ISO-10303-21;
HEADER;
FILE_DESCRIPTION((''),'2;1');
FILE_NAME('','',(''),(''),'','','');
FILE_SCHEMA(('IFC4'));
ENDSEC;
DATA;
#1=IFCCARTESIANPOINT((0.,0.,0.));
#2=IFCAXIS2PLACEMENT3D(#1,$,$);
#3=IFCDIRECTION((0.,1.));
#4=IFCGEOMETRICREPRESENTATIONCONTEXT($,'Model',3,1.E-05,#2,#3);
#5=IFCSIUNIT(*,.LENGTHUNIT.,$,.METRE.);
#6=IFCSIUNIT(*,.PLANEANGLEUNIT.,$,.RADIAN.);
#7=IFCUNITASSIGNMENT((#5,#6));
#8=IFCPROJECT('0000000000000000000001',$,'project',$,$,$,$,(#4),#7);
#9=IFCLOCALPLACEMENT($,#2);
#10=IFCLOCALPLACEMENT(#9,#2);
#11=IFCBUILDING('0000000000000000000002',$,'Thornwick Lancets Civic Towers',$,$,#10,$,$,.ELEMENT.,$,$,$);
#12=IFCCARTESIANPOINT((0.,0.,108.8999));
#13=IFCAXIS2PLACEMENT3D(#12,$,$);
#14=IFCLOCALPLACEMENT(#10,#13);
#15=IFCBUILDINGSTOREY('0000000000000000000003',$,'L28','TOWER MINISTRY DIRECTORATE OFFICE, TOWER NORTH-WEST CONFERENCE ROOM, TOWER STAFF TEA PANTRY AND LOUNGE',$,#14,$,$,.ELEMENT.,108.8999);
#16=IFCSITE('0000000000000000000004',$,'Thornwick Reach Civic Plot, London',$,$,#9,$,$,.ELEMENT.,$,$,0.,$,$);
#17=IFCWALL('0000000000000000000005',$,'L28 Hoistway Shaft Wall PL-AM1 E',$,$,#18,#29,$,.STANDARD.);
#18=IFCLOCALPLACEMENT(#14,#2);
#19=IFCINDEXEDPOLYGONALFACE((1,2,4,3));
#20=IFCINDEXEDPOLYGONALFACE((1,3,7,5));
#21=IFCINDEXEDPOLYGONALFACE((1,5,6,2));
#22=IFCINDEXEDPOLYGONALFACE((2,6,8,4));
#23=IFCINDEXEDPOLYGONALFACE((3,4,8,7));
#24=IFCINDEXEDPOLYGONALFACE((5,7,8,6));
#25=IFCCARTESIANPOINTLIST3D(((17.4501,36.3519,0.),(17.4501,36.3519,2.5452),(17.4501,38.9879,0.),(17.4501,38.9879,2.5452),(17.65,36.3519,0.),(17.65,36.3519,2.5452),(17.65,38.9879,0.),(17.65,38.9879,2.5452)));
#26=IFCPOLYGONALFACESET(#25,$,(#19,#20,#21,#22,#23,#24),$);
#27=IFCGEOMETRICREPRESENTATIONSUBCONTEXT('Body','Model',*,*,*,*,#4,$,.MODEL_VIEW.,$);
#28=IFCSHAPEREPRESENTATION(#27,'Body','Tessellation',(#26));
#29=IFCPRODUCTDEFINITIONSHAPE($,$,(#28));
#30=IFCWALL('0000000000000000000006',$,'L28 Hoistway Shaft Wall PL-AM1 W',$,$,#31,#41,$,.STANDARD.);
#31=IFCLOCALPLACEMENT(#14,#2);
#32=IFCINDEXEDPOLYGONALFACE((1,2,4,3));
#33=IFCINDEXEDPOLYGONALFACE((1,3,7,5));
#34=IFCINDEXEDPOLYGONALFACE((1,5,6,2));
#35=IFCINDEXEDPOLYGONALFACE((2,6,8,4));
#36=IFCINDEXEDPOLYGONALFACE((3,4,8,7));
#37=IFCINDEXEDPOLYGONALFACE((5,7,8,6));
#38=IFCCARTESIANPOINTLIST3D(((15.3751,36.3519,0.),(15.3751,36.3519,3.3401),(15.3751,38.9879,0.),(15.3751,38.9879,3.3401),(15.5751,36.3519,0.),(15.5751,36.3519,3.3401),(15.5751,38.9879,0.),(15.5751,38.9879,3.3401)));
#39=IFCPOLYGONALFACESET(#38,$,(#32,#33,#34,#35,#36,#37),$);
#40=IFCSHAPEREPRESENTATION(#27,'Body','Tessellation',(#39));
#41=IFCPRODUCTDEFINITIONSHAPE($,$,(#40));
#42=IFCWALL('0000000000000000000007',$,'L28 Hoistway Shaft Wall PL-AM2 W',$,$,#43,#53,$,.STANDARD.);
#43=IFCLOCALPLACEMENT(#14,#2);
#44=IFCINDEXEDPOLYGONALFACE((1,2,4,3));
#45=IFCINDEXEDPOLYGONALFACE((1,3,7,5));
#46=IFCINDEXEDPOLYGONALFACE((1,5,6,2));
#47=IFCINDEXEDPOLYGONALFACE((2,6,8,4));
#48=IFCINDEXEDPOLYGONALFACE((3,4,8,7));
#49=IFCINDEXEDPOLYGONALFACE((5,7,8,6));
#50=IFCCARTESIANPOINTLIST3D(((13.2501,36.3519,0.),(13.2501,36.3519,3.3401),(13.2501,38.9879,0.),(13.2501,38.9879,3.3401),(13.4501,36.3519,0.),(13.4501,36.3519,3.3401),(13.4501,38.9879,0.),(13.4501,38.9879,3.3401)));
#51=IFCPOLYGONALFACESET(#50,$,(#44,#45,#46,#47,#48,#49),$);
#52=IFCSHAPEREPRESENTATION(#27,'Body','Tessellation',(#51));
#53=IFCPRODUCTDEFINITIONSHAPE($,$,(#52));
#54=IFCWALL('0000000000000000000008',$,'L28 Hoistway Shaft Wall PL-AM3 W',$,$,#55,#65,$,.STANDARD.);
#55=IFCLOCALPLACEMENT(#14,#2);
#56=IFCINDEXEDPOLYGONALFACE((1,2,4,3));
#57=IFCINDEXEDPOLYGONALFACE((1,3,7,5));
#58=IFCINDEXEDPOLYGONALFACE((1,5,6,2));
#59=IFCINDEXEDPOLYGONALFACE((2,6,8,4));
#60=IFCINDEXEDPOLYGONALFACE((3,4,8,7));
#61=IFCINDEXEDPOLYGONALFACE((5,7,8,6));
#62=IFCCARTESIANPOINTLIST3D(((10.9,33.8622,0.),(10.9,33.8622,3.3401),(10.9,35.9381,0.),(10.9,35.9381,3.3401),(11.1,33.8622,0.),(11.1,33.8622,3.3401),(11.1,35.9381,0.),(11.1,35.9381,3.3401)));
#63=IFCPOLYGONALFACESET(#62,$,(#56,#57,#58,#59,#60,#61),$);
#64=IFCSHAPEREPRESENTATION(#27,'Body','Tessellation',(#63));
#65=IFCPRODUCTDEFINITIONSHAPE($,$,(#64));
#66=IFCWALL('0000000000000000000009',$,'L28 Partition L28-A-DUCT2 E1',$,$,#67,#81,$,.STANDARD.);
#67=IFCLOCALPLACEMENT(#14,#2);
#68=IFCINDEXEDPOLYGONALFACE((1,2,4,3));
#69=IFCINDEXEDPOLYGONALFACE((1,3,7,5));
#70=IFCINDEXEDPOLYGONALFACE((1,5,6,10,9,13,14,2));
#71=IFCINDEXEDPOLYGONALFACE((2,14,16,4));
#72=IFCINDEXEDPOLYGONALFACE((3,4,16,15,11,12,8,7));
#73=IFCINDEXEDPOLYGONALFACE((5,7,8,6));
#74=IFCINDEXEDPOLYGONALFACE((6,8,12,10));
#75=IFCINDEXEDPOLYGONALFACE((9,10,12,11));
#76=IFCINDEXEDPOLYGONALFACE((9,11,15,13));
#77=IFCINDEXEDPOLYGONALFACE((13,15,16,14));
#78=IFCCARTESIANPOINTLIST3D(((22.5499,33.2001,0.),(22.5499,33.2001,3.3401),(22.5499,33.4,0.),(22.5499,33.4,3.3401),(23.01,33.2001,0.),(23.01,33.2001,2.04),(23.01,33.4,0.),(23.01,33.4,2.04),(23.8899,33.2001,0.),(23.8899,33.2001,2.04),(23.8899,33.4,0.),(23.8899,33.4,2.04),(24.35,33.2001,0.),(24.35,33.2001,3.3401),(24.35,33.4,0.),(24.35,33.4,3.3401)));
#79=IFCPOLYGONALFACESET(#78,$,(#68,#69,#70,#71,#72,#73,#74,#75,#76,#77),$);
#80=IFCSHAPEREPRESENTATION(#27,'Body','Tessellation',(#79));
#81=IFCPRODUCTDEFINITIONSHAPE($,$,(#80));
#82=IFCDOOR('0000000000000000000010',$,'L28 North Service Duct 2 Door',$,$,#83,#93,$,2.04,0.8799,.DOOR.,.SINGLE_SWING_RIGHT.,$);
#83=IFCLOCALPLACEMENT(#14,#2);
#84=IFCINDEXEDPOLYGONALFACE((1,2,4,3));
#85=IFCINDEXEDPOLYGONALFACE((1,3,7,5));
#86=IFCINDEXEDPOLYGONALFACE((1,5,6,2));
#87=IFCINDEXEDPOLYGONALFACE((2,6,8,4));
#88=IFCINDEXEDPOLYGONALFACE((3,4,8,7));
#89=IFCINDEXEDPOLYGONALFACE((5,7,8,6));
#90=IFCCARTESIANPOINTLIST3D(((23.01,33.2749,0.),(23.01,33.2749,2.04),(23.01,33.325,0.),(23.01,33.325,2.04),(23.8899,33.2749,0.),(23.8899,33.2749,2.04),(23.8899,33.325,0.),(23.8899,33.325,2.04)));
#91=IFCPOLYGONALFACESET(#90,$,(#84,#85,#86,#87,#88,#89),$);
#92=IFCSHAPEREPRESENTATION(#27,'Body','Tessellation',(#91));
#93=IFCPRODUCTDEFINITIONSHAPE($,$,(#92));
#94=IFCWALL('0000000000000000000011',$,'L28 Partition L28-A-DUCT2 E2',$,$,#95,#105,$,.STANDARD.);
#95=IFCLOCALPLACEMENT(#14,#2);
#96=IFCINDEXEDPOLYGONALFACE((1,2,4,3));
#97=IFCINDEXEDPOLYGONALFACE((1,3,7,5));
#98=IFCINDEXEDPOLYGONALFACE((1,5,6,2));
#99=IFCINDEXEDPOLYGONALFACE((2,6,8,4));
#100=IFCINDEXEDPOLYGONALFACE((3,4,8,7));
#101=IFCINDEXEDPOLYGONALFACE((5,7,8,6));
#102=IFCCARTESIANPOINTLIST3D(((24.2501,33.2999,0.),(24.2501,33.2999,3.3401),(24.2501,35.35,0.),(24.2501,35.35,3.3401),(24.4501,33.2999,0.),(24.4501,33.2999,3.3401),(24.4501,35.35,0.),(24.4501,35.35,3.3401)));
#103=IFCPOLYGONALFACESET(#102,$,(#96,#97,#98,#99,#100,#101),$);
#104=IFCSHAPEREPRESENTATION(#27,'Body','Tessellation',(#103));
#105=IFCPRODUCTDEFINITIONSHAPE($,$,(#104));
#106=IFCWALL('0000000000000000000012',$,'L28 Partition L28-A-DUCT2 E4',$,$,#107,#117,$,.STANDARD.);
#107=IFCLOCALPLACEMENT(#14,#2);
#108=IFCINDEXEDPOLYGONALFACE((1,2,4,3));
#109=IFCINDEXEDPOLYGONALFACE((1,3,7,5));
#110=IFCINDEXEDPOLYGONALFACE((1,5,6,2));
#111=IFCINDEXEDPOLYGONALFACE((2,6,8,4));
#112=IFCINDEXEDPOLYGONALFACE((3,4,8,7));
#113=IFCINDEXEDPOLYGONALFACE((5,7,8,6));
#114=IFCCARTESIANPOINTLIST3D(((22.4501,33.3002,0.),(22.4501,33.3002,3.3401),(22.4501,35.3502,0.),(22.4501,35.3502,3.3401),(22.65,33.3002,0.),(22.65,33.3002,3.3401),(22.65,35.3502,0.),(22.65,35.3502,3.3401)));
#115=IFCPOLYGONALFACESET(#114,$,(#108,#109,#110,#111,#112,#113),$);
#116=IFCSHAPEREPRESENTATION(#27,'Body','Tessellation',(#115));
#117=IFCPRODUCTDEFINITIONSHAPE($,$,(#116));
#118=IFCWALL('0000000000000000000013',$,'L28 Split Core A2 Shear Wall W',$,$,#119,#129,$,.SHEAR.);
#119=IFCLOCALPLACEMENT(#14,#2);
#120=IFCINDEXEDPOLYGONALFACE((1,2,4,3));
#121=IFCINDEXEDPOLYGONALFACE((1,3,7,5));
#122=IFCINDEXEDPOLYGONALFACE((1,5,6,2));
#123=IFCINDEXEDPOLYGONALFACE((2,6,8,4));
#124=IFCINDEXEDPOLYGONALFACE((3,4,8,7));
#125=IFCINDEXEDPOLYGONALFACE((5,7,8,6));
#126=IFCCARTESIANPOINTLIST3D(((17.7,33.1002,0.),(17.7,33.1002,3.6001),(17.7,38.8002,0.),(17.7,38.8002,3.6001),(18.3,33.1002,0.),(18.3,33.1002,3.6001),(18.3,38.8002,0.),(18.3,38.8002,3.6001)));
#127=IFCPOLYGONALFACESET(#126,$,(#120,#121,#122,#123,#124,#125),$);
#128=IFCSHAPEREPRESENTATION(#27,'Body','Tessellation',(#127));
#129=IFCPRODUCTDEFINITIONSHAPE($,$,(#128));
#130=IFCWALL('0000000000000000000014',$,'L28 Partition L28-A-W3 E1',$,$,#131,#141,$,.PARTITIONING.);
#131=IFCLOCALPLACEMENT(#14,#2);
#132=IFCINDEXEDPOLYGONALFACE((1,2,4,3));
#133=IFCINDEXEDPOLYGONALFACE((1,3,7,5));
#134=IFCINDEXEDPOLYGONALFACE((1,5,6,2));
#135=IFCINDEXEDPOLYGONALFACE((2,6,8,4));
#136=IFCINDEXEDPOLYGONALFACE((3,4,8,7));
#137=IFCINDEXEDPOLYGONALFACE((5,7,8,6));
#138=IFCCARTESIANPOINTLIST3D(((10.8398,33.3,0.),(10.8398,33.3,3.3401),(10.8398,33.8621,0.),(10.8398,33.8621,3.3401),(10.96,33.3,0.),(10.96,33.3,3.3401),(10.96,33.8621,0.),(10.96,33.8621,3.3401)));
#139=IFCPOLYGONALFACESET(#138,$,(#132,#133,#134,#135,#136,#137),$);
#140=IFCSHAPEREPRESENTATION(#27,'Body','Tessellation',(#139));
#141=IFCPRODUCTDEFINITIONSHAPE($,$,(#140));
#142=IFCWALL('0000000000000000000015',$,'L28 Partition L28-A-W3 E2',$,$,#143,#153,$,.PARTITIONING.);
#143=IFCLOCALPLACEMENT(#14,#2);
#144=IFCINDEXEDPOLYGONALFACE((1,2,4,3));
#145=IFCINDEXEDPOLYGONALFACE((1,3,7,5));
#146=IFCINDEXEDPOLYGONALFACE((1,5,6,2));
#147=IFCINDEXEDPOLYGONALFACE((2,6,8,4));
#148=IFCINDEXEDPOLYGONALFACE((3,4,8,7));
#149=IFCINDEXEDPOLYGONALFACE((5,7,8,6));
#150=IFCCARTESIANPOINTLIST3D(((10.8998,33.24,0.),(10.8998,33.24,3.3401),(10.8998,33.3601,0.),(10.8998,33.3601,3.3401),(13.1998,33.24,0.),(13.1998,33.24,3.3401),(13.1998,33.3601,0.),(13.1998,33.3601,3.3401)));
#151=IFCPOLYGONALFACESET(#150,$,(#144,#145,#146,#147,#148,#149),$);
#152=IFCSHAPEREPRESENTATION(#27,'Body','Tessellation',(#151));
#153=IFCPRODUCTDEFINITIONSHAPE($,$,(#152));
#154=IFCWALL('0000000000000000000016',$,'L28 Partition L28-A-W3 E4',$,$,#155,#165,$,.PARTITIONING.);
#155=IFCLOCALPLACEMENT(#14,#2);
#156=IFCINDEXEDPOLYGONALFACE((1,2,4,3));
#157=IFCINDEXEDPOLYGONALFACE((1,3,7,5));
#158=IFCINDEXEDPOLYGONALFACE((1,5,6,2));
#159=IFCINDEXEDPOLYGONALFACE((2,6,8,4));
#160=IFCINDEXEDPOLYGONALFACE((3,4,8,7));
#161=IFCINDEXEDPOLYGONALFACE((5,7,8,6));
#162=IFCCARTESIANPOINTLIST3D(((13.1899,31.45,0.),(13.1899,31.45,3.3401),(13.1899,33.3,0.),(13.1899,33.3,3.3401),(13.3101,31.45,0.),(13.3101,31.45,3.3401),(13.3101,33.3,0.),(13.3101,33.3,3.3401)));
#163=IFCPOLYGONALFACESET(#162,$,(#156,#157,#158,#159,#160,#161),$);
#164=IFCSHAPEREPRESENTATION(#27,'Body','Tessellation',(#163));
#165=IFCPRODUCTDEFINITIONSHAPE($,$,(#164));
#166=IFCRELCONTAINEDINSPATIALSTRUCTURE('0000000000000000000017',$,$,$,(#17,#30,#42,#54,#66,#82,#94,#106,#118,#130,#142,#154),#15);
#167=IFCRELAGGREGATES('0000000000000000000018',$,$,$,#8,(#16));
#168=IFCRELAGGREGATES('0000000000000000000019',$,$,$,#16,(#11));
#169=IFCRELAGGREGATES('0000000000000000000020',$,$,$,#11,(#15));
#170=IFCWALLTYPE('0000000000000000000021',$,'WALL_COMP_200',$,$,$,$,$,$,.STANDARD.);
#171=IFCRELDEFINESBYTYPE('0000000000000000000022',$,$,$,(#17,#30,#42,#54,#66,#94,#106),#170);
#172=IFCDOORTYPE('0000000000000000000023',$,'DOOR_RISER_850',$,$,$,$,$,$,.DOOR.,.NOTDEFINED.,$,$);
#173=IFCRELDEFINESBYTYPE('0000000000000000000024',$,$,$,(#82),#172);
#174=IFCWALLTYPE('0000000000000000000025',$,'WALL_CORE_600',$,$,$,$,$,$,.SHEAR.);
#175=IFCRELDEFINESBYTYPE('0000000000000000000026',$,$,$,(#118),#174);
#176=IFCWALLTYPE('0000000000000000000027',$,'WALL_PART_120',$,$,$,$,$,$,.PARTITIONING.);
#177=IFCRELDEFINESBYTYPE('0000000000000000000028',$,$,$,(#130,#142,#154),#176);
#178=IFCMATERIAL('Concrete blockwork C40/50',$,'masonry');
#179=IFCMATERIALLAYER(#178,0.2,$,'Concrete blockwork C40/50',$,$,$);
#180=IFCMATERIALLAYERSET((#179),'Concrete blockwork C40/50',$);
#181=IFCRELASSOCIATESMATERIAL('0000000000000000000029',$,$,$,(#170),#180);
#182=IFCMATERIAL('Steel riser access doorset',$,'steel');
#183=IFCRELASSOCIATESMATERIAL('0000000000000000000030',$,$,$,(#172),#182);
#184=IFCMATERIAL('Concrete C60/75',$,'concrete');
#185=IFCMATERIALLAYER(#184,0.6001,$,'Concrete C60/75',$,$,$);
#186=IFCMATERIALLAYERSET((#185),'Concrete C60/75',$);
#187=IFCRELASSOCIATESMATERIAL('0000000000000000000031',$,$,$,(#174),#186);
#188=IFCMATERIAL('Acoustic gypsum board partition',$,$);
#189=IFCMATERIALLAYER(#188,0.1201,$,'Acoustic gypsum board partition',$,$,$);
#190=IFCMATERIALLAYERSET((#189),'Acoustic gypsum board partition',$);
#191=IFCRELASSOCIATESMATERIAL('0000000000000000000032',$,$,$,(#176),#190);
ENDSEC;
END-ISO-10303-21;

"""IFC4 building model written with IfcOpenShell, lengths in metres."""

from ifc_helpers import new_model, si_unit, direction, frame, frame_2d, origin, place, context, subcontext, project, spatial, rectangle, extrude, material, layer, layer_set, type_object, element, fill, save


model = new_model("IFC4")

# Units and contexts
model_context = context("Model", 3, precision=1e-05, world=origin(), true_north=direction((0.0, 1.0)))
body_context = subcontext(model_context, "Body", "Model", "MODEL_VIEW")
ifc_project = project(units=[si_unit("LENGTHUNIT", "METRE"), si_unit("PLANEANGLEUNIT", "RADIAN")], contexts=[model_context])

# Site, building, storey
site_placement = place(None, origin())
site = spatial("IfcSite", under=ifc_project, at=site_placement, Name="Thornwick Reach Civic Plot, London", CompositionType="ELEMENT", RefElevation=0.0)
building_placement = place(site_placement, origin())
building = spatial("IfcBuilding", under=site, at=building_placement, Name="Thornwick Lancets Civic Towers", CompositionType="ELEMENT")
storey_placement = place(building_placement, frame((0.0, 0.0, 108.8999)))
storey = spatial("IfcBuildingStorey", under=building, at=storey_placement, Name="L28", Description="TOWER MINISTRY DIRECTORATE OFFICE, TOWER NORTH-WEST CONFERENCE ROOM, TOWER STAFF TEA PANTRY AND LOUNGE", CompositionType="ELEMENT", Elevation=108.8999)

# Shared definitions
ifc_material_1 = material(Name="Concrete C60/75", Category="concrete")

# Shared definitions
ifc_material_2 = material(Name="Concrete blockwork C40/50", Category="masonry")
ifc_layer_1 = layer(ifc_material_2, 0.2, Name="Concrete blockwork C40/50")
ifc_layer_set_1 = layer_set([ifc_layer_1], Name="Concrete blockwork C40/50")
wall_type_1 = type_object("IfcWallType", Name="WALL_COMP_200", PredefinedType="STANDARD", material=ifc_layer_set_1)

# Walls
wall_1_placement = place(storey_placement, frame((17.55, 36.3521, 0.0), z_axis=(0.0, 0.0, 1.0), x_axis=(0.0, 1.0, 0.0)))
element("IfcWall", 1, at=wall_1_placement, inside=storey, type_object=wall_type_1, Name="L28 Hoistway Shaft Wall PL-AM1 E", PredefinedType="STANDARD", context=body_context, shape_type="SweptSolid", body=[
    extrude(rectangle(XDim=2.636, YDim=0.2, at=frame_2d((1.3179, 0.0))), origin(), (0.0, 0.0, 1.0), 2.5452),
])
for number, where, z_axis, x_axis, name in (
    (2, (15.4751, 36.3521, 0.0), (0.0, 0.0, 1.0), (0.0, 1.0, 0.0), "L28 Hoistway Shaft Wall PL-AM1 W"),
    (3, (13.3501, 36.3521, 0.0), (0.0, 0.0, 1.0), (0.0, 1.0, 0.0), "L28 Hoistway Shaft Wall PL-AM2 W"),
):
    element("IfcWall", number, at=place(storey_placement, frame(where, z_axis=z_axis, x_axis=x_axis)), inside=storey, type_object=wall_type_1, Name=name, PredefinedType="STANDARD", context=body_context, shape_type="SweptSolid", body=[
        extrude(rectangle(XDim=2.636, YDim=0.2, at=frame_2d((1.3179, 0.0))), origin(), (0.0, 0.0, 1.0), 3.3401),
    ])
wall_2_placement = place(storey_placement, frame((11.0, 33.8621, 0.0), z_axis=(0.0, 0.0, 1.0), x_axis=(0.0, 1.0, 0.0)))
element("IfcWall", 4, at=wall_2_placement, inside=storey, type_object=wall_type_1, Name="L28 Hoistway Shaft Wall PL-AM3 W", PredefinedType="STANDARD", context=body_context, shape_type="SweptSolid", body=[
    extrude(rectangle(XDim=2.0759, YDim=0.2, at=frame_2d((1.0381, 0.0))), origin(), (0.0, 0.0, 1.0), 3.3401),
])

# Wall, opening, door
wall_3_placement = place(storey_placement, frame((22.55, 33.3, 0.0), z_axis=(0.0, 0.0, 1.0), x_axis=(1.0, 0.0, 0.0)))
wall_3 = element("IfcWall", 5, at=wall_3_placement, inside=storey, type_object=wall_type_1, Name="L28 Partition L28-A-DUCT2 E1", PredefinedType="STANDARD", context=body_context, shape_type="SweptSolid", body=[
    extrude(rectangle(XDim=1.8, YDim=0.2, at=frame_2d((0.8999, 0.0))), origin(), (0.0, 0.0, 1.0), 3.3401),
])
opening_1_placement = place(wall_3_placement, frame((0.46, 0.0, 0.0)))
opening_1 = element("IfcOpeningElement", 6, at=opening_1_placement, cuts=wall_3, PredefinedType="OPENING", context=body_context, shape_type="SweptSolid", body=[
    extrude(rectangle(XDim=0.8799, YDim=2.04, at=frame_2d((0.4399, 1.02))), frame((0.0, 0.1099, 0.0), z_axis=(0.0, -1.0, 0.0), x_axis=(1.0, 0.0, 0.0)), (0.0, 0.0, 1.0), 0.22),
])
ifc_material_3 = material(Name="Steel riser access doorset", Category="steel")
door_type_1 = type_object("IfcDoorType", Name="DOOR_RISER_850", OperationType="NOTDEFINED", PredefinedType="DOOR", material=ifc_material_3)
door_1_placement = place(opening_1_placement, origin())
door_1 = element("IfcDoor", 7, at=door_1_placement, inside=storey, type_object=door_type_1, Name="L28 North Service Duct 2 Door", OperationType="SINGLE_SWING_RIGHT", OverallHeight=2.04, OverallWidth=0.8799, PredefinedType="DOOR", context=body_context, shape_type="SweptSolid", body=[
    extrude(rectangle(XDim=0.8799, YDim=2.04, at=frame_2d((0.4399, 1.02))), frame((0.0, 0.0249, 0.0), z_axis=(0.0, -1.0, 0.0), x_axis=(1.0, 0.0, 0.0)), (0.0, 0.0, 1.0), 0.05),
])
fill(opening_1, door_1)

# Walls
for number, where, z_axis, x_axis, name in (
    (8, (24.3501, 33.3, 0.0), (0.0, 0.0, 1.0), (0.0, 1.0, 0.0), "L28 Partition L28-A-DUCT2 E2"),
    (9, (22.55, 35.3501, 0.0), (0.0, 0.0, 1.0), (0.0, -1.0, 0.0), "L28 Partition L28-A-DUCT2 E4"),
):
    element("IfcWall", number, at=place(storey_placement, frame(where, z_axis=z_axis, x_axis=x_axis)), inside=storey, type_object=wall_type_1, Name=name, PredefinedType="STANDARD", context=body_context, shape_type="SweptSolid", body=[
        extrude(rectangle(XDim=2.05, YDim=0.2, at=frame_2d((1.0249, 0.0))), origin(), (0.0, 0.0, 1.0), 3.3401),
    ])
ifc_layer_2 = layer(ifc_material_1, 0.6001, Name="Concrete C60/75")
ifc_layer_set_2 = layer_set([ifc_layer_2], Name="Concrete C60/75")
wall_type_2 = type_object("IfcWallType", Name="WALL_CORE_600", PredefinedType="SHEAR", material=ifc_layer_set_2)
wall_4_placement = place(storey_placement, frame((18.0, 33.1001, 0.0), z_axis=(0.0, 0.0, 1.0), x_axis=(0.0, 1.0, 0.0)))
element("IfcWall", 10, at=wall_4_placement, inside=storey, type_object=wall_type_2, Name="L28 Split Core A2 Shear Wall W", PredefinedType="SHEAR", context=body_context, shape_type="SweptSolid", body=[
    extrude(rectangle(XDim=5.7, YDim=0.6001, at=frame_2d((2.8501, 0.0))), origin(), (0.0, 0.0, 1.0), 3.6001),
])
ifc_material_4 = material(Name="Acoustic gypsum board partition")
ifc_layer_3 = layer(ifc_material_4, 0.1201, Name="Acoustic gypsum board partition")
ifc_layer_set_3 = layer_set([ifc_layer_3], Name="Acoustic gypsum board partition")
wall_type_3 = type_object("IfcWallType", Name="WALL_PART_120", PredefinedType="PARTITIONING", material=ifc_layer_set_3)
wall_5_placement = place(storey_placement, frame((10.8999, 33.8621, 0.0), z_axis=(0.0, 0.0, 1.0), x_axis=(0.0, -1.0, 0.0)))
element("IfcWall", 11, at=wall_5_placement, inside=storey, type_object=wall_type_3, Name="L28 Partition L28-A-W3 E1", PredefinedType="PARTITIONING", context=body_context, shape_type="SweptSolid", body=[
    extrude(rectangle(XDim=0.562, YDim=0.1201, at=frame_2d((0.281, 0.0))), origin(), (0.0, 0.0, 1.0), 3.3401),
])
wall_6_placement = place(storey_placement, frame((10.8999, 33.3, 0.0), z_axis=(0.0, 0.0, 1.0), x_axis=(1.0, 0.0, 0.0)))
element("IfcWall", 12, at=wall_6_placement, inside=storey, type_object=wall_type_3, Name="L28 Partition L28-A-W3 E2", PredefinedType="PARTITIONING", context=body_context, shape_type="SweptSolid", body=[
    extrude(rectangle(XDim=2.3, YDim=0.1201, at=frame_2d((1.1499, 0.0))), origin(), (0.0, 0.0, 1.0), 3.3401),
])
wall_7_placement = place(storey_placement, frame((13.25, 33.3, 0.0), z_axis=(0.0, 0.0, 1.0), x_axis=(0.0, -1.0, 0.0)))
element("IfcWall", 13, at=wall_7_placement, inside=storey, type_object=wall_type_3, Name="L28 Partition L28-A-W3 E4", PredefinedType="PARTITIONING", context=body_context, shape_type="SweptSolid", body=[
    extrude(rectangle(XDim=1.8501, YDim=0.1201, at=frame_2d((0.925, 0.0))), origin(), (0.0, 0.0, 1.0), 3.3401),
])

save(model, "model.ifc")
